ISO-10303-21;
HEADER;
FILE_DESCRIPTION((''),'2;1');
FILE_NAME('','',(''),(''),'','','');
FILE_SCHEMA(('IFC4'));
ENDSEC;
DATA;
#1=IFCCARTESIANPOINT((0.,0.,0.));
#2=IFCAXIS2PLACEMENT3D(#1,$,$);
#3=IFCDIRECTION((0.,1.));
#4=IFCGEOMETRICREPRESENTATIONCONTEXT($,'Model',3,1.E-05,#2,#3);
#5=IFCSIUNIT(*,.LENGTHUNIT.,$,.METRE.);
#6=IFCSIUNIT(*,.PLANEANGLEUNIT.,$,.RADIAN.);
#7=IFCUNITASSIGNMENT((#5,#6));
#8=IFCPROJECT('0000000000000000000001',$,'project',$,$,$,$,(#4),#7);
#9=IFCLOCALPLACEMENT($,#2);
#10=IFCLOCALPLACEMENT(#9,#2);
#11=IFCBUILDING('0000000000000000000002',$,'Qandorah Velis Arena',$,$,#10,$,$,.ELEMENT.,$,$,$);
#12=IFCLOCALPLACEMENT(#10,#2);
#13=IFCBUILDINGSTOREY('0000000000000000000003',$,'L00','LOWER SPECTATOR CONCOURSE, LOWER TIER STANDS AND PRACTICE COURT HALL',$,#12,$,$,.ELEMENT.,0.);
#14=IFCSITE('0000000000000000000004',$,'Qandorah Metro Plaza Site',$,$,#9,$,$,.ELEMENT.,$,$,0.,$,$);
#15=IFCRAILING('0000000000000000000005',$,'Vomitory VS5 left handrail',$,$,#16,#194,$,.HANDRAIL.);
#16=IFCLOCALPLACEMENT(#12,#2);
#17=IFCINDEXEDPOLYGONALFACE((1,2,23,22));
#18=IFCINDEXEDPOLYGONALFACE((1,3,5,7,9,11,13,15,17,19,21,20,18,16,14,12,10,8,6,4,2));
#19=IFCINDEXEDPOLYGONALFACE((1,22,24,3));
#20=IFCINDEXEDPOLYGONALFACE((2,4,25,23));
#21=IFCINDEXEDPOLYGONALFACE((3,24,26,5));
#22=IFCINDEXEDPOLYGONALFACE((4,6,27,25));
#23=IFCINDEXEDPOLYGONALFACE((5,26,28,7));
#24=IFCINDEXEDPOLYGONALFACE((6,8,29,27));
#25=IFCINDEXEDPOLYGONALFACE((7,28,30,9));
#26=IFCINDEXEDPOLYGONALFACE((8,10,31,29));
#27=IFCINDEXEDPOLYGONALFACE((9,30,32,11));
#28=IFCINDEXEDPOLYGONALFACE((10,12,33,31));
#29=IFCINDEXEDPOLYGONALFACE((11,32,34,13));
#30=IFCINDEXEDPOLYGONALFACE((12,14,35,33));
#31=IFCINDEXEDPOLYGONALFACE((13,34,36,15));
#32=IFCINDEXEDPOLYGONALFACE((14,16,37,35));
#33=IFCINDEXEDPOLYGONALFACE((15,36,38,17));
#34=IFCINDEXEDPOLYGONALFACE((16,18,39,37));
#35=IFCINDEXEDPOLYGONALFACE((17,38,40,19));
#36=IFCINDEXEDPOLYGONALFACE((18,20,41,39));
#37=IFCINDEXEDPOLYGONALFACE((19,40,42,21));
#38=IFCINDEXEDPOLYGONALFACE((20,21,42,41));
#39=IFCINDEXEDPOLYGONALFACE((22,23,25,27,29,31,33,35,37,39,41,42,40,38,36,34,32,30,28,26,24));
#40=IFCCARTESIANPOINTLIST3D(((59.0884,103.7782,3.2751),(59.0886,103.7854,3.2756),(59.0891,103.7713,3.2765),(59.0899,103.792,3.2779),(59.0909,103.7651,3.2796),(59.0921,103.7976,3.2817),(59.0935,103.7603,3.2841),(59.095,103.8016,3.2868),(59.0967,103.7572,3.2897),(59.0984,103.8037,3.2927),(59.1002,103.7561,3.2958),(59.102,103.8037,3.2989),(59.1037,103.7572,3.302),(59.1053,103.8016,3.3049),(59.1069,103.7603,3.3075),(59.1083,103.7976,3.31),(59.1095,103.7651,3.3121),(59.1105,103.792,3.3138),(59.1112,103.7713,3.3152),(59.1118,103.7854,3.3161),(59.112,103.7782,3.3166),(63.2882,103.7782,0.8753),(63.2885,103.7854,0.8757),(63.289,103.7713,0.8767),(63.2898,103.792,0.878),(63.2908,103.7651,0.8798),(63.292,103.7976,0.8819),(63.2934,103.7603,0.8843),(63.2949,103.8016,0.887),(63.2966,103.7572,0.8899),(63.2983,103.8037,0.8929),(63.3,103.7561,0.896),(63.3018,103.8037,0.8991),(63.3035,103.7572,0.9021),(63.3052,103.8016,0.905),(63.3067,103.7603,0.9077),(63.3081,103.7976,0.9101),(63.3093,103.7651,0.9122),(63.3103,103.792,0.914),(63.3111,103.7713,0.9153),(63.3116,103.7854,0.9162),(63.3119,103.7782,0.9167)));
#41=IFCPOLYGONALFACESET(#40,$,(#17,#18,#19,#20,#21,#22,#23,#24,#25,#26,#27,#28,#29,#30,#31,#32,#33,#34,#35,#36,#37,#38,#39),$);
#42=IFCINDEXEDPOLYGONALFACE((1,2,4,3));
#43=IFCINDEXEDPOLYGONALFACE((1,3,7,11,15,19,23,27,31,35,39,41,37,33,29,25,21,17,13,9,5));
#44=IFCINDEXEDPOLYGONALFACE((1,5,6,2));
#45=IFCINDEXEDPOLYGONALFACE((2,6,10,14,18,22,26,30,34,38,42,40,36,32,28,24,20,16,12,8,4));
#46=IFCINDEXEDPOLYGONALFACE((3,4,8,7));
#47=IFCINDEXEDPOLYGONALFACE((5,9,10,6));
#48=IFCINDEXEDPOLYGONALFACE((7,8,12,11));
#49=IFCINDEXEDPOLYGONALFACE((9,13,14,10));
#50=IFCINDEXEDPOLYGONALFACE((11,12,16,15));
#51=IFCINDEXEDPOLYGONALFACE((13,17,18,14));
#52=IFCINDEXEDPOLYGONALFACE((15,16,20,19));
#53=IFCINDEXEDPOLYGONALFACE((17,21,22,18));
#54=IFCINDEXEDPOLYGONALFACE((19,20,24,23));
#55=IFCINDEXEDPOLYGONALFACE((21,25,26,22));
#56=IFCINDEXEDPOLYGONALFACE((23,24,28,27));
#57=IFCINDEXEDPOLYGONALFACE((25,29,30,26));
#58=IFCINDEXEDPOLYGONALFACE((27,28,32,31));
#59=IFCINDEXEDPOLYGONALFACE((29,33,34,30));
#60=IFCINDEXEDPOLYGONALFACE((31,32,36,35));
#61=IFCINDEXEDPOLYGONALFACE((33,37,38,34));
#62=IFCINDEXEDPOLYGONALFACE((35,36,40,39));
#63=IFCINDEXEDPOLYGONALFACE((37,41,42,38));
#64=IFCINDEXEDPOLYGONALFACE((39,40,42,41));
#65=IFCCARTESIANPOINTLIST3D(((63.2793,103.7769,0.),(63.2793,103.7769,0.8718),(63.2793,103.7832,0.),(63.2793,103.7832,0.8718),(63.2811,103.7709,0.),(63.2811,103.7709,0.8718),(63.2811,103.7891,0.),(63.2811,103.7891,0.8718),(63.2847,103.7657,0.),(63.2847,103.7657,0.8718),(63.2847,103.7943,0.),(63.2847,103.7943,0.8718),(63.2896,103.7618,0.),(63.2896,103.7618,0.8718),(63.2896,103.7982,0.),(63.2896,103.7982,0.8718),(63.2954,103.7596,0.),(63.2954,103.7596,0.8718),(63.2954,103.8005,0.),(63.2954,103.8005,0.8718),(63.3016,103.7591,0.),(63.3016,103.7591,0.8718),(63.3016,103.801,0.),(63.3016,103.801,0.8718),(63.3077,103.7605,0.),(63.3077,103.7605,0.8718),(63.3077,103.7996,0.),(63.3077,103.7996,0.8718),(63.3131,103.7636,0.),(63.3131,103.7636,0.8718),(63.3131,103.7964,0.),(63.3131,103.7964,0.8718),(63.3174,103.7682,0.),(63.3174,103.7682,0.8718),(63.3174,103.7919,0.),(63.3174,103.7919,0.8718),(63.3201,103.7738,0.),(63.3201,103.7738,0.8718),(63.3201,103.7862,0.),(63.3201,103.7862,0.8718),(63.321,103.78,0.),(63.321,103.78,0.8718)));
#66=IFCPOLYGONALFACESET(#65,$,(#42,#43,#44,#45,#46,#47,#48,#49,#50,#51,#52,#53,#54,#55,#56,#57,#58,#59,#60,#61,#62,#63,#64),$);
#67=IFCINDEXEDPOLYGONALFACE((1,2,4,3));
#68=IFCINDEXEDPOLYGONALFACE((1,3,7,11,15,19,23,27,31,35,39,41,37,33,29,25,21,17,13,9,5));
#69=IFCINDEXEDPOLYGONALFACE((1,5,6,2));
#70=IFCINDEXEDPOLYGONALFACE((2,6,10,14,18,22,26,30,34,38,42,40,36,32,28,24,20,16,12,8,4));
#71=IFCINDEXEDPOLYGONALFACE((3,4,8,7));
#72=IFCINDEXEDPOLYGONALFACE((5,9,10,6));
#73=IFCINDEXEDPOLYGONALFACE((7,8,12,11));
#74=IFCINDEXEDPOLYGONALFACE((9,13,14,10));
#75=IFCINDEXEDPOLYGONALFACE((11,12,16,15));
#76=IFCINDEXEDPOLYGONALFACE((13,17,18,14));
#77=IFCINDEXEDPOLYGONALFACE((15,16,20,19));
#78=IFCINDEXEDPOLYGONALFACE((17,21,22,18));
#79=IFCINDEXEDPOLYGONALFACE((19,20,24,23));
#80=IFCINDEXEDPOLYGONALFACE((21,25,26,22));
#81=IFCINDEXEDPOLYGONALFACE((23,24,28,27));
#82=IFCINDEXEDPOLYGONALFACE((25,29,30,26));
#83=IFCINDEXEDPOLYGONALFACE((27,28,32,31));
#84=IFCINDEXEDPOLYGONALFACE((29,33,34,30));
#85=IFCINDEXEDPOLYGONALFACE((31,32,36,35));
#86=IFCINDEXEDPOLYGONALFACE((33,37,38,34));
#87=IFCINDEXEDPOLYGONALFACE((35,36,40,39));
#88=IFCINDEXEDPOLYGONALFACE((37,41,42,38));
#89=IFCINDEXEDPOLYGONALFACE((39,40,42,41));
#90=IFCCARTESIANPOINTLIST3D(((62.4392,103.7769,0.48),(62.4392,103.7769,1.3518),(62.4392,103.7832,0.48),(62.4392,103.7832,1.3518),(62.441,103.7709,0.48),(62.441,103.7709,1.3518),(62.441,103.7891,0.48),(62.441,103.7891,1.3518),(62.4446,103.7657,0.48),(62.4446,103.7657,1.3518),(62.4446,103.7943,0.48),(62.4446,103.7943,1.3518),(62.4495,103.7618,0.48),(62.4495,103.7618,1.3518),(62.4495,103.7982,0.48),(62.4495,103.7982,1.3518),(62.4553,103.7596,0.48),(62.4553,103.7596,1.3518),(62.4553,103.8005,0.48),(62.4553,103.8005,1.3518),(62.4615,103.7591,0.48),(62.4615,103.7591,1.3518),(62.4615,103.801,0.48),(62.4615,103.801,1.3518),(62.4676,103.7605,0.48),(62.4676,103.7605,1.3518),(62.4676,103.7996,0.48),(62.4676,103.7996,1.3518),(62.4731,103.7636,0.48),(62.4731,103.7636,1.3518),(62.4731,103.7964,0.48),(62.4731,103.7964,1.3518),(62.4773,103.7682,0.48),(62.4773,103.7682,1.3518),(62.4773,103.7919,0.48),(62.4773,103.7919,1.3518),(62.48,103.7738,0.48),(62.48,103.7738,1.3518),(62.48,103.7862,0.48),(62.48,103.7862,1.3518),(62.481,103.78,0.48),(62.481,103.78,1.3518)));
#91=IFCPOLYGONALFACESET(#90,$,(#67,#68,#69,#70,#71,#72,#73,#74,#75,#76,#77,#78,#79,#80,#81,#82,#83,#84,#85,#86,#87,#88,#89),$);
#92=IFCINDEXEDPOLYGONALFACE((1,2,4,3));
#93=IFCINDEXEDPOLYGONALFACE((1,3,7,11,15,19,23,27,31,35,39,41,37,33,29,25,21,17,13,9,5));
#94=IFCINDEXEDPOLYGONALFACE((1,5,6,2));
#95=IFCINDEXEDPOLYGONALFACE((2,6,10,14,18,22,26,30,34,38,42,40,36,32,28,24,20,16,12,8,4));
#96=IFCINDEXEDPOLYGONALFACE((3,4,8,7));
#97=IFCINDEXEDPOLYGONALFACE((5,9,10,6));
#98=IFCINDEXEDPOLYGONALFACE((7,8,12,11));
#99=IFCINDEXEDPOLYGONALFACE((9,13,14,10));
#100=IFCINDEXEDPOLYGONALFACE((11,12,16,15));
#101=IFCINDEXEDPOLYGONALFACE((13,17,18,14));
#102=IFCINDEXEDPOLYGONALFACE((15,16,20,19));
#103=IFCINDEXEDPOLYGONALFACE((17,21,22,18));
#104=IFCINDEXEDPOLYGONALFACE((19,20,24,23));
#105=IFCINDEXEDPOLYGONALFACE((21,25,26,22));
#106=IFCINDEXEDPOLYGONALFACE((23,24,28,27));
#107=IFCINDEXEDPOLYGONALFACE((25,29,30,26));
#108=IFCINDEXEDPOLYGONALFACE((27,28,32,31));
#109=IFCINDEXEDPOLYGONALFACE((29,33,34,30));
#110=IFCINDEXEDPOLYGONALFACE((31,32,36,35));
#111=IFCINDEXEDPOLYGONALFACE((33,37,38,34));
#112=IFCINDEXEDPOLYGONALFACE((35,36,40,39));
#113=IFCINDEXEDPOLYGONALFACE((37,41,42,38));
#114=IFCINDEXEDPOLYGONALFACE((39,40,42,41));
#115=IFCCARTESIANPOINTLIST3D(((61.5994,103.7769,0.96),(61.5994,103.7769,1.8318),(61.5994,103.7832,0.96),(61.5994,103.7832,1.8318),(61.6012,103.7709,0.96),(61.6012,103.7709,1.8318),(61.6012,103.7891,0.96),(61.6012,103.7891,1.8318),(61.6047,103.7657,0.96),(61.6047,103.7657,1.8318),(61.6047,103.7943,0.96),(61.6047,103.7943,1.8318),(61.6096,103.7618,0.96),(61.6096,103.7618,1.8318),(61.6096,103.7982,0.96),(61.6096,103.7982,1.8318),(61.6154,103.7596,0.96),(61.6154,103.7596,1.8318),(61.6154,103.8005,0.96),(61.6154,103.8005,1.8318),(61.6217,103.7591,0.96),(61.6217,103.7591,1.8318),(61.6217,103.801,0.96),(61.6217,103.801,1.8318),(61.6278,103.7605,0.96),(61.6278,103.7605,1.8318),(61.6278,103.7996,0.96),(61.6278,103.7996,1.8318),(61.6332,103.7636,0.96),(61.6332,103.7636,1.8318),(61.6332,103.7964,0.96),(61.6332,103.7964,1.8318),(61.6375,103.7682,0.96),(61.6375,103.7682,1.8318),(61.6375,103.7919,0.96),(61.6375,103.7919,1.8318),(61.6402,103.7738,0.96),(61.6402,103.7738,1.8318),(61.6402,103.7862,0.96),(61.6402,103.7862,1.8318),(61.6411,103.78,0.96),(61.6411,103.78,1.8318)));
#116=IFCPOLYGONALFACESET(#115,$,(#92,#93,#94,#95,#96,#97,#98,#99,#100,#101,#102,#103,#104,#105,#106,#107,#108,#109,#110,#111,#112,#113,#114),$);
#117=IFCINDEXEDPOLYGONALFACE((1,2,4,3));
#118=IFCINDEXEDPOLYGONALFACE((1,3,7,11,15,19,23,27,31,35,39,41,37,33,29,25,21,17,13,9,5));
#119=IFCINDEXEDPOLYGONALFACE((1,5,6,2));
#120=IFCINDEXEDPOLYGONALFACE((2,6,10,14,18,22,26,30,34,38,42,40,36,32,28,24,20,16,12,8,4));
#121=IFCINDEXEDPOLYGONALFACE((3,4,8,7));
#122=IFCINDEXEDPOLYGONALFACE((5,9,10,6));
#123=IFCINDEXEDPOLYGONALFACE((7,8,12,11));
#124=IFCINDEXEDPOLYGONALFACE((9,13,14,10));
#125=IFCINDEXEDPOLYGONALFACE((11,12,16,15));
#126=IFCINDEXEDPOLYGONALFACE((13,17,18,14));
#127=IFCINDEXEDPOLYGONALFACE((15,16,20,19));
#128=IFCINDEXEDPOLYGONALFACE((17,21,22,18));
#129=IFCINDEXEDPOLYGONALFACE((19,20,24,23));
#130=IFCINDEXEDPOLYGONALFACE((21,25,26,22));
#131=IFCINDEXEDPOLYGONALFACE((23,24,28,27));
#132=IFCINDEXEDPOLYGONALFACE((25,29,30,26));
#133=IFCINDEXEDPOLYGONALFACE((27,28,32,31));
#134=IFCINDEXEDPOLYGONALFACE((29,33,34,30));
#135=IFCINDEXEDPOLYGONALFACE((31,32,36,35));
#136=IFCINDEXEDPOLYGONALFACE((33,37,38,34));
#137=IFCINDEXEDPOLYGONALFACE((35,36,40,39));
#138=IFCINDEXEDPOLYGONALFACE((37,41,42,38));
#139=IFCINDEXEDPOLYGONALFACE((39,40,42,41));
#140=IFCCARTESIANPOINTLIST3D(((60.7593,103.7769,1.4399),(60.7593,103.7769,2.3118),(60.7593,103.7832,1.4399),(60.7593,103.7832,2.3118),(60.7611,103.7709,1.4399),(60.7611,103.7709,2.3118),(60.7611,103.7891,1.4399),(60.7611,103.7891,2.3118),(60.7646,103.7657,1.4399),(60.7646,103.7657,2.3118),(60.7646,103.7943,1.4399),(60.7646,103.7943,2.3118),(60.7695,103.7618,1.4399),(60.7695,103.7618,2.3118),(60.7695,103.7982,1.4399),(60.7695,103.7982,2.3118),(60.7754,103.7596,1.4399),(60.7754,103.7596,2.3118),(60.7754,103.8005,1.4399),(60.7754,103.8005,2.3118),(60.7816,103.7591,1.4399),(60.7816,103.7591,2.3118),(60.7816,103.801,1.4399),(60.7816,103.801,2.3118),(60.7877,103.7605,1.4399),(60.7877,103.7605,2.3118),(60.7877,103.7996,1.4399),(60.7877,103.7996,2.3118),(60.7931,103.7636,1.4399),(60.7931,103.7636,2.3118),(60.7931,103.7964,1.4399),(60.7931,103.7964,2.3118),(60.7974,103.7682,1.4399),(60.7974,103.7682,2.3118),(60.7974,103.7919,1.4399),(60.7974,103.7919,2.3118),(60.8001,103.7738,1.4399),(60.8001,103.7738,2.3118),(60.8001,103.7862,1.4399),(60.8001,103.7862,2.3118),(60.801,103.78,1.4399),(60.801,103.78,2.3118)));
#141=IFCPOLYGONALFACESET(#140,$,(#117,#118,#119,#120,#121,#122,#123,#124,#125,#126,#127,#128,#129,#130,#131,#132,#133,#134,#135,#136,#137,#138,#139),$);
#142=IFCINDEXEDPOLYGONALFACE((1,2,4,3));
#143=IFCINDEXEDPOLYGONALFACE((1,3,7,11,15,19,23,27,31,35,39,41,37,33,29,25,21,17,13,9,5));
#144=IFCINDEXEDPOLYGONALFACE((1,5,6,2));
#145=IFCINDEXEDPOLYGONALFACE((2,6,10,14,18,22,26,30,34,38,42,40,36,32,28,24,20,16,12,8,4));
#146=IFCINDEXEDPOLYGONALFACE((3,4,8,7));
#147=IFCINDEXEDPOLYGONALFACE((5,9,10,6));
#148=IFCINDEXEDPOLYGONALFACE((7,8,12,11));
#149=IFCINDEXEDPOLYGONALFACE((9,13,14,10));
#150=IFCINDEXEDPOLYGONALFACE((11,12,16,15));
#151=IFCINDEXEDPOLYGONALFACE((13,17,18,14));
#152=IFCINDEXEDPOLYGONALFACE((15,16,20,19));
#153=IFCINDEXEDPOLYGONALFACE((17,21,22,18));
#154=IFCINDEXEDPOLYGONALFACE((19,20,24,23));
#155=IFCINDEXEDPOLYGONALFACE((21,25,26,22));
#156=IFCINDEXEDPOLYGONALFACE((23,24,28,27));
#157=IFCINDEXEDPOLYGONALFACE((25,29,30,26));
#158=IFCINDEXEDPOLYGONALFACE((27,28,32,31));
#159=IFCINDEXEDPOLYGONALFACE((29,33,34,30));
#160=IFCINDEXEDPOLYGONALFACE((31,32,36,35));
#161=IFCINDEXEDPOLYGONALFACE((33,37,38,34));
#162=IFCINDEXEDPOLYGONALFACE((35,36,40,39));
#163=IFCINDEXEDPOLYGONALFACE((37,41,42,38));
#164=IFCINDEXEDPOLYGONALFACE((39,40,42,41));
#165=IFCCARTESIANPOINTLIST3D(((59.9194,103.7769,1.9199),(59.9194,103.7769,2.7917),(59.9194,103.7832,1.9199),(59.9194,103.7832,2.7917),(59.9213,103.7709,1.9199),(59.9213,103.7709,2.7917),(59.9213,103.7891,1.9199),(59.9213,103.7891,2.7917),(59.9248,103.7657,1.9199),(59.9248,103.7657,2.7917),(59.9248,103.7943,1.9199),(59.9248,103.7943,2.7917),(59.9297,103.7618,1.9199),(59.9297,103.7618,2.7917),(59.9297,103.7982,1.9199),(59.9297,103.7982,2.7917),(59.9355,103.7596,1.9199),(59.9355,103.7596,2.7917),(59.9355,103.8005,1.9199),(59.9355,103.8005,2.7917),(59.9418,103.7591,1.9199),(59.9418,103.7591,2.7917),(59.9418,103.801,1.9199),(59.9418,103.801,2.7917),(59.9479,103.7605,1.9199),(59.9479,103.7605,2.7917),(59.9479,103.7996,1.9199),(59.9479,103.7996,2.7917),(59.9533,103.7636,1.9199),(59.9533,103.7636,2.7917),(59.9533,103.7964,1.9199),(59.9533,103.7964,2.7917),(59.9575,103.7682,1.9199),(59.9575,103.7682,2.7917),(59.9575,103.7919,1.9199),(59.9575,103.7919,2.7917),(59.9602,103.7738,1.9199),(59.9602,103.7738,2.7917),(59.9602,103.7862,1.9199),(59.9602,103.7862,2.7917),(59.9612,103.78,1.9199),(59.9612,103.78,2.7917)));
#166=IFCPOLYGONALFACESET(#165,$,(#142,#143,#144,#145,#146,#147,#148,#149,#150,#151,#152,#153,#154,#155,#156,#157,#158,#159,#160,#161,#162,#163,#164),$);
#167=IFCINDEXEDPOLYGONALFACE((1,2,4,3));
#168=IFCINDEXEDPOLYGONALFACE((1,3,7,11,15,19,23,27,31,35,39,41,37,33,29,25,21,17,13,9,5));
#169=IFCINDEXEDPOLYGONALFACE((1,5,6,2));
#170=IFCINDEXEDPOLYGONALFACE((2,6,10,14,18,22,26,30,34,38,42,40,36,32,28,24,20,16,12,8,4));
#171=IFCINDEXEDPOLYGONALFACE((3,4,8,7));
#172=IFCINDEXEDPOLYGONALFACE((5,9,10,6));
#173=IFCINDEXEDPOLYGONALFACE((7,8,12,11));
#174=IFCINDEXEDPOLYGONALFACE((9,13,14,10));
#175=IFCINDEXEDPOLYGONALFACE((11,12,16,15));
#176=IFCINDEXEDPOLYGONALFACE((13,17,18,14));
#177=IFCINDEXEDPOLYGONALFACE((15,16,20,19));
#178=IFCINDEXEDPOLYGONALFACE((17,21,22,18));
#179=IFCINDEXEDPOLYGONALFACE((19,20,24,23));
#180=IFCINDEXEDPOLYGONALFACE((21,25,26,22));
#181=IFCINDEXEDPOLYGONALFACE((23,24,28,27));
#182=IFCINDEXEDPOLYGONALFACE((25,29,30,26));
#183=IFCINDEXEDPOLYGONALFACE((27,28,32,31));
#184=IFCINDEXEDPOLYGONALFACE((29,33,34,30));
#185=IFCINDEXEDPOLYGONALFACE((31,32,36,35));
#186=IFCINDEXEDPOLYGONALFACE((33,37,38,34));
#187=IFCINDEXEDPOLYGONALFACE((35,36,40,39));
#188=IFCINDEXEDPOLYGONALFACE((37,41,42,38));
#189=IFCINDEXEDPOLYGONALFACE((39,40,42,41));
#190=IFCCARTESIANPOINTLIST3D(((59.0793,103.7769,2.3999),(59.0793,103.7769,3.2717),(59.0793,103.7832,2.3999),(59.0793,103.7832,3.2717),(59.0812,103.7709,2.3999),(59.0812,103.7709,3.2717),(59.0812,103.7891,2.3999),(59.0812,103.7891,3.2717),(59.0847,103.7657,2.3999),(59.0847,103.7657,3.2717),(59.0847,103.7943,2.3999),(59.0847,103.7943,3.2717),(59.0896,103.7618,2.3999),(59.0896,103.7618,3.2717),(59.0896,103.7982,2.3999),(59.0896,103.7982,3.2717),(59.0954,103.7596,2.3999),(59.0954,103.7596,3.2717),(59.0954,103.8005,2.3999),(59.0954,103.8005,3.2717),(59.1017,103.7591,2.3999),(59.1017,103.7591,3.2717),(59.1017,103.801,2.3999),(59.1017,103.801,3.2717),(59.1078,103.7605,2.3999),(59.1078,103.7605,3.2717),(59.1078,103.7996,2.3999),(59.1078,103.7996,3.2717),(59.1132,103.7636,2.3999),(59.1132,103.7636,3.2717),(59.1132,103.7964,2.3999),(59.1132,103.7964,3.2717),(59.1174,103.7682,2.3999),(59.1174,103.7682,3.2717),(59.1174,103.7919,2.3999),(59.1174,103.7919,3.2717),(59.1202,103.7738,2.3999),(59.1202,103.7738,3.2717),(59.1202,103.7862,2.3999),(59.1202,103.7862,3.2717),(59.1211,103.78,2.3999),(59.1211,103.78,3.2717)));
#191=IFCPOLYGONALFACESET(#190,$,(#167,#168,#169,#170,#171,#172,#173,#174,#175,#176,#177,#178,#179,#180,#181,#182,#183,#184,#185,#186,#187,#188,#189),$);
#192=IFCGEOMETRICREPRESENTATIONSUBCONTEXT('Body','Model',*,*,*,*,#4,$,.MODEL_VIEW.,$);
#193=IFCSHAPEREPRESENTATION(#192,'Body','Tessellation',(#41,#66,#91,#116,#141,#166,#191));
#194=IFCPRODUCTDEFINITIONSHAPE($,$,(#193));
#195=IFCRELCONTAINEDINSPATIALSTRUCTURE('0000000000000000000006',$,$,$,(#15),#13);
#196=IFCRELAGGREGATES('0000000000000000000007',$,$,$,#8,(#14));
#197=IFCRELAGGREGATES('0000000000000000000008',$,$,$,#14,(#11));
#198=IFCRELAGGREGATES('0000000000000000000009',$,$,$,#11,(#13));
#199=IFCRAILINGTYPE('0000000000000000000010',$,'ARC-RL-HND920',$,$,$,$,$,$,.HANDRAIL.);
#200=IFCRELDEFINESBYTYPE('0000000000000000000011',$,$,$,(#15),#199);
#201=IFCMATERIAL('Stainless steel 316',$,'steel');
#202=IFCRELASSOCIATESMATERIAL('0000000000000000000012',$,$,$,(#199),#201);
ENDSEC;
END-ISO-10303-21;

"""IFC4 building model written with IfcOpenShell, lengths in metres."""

from ifc_helpers import new_model, si_unit, direction, frame, origin, origin_2d, place, context, subcontext, project, spatial, circle, extrude, material, type_object, element, save


model = new_model("IFC4")

# Units and contexts
model_context = context("Model", 3, precision=1e-05, world=origin(), true_north=direction((0.0, 1.0)))
body_context = subcontext(model_context, "Body", "Model", "MODEL_VIEW")
ifc_project = project(units=[si_unit("LENGTHUNIT", "METRE"), si_unit("PLANEANGLEUNIT", "RADIAN")], contexts=[model_context])

# Site, building, storey
site_placement = place(None, origin())
site = spatial("IfcSite", under=ifc_project, at=site_placement, Name="Qandorah Metro Plaza Site", CompositionType="ELEMENT", RefElevation=0.0)
building_placement = place(site_placement, origin())
building = spatial("IfcBuilding", under=site, at=building_placement, Name="Qandorah Velis Arena", CompositionType="ELEMENT")
storey_placement = place(building_placement, origin())
storey = spatial("IfcBuildingStorey", under=building, at=storey_placement, Name="L00", Description="LOWER SPECTATOR CONCOURSE, LOWER TIER STANDS AND PRACTICE COURT HALL", CompositionType="ELEMENT", Elevation=0.0)

# Railing
ifc_material_1 = material(Name="Stainless steel 316", Category="steel")
railing_type_1 = type_object("IfcRailingType", Name="ARC-RL-HND920", PredefinedType="HANDRAIL", material=ifc_material_1)
for number, where, name in (
    (1, (63.3, 103.78, 0.0), "Vomitory VS5 left handrail"),
):
    element("IfcRailing", number, at=place(storey_placement, frame(where)), inside=storey, type_object=railing_type_1, Name=name, PredefinedType="HANDRAIL", context=body_context, shape_type="SweptSolid", body=[
        extrude(circle(Radius=0.0239, at=origin_2d()), frame((0.0, 0.0, 0.896), z_axis=(-0.868249, 0.0, 0.496128), x_axis=(0.0, -1.0, 0.0)), (0.0, 0.0, 1.0), 4.8372),
        extrude(circle(Radius=0.021, at=origin_2d()), origin(), (0.0, 0.0, 1.0), 0.8718),
        extrude(circle(Radius=0.021, at=origin_2d()), frame((-0.8401, 0.0, 0.48)), (0.0, 0.0, 1.0), 0.8718),
        extrude(circle(Radius=0.021, at=origin_2d()), frame((-1.6799, 0.0, 0.96)), (0.0, 0.0, 1.0), 0.8718),
        extrude(circle(Radius=0.021, at=origin_2d()), frame((-2.52, 0.0, 1.4399)), (0.0, 0.0, 1.0), 0.8718),
        extrude(circle(Radius=0.021, at=origin_2d()), frame((-3.3599, 0.0, 1.9199)), (0.0, 0.0, 1.0), 0.8718),
        extrude(circle(Radius=0.021, at=origin_2d()), frame((-4.2, 0.0, 2.3999)), (0.0, 0.0, 1.0), 0.8718),
    ])

save(model, "model.ifc")
